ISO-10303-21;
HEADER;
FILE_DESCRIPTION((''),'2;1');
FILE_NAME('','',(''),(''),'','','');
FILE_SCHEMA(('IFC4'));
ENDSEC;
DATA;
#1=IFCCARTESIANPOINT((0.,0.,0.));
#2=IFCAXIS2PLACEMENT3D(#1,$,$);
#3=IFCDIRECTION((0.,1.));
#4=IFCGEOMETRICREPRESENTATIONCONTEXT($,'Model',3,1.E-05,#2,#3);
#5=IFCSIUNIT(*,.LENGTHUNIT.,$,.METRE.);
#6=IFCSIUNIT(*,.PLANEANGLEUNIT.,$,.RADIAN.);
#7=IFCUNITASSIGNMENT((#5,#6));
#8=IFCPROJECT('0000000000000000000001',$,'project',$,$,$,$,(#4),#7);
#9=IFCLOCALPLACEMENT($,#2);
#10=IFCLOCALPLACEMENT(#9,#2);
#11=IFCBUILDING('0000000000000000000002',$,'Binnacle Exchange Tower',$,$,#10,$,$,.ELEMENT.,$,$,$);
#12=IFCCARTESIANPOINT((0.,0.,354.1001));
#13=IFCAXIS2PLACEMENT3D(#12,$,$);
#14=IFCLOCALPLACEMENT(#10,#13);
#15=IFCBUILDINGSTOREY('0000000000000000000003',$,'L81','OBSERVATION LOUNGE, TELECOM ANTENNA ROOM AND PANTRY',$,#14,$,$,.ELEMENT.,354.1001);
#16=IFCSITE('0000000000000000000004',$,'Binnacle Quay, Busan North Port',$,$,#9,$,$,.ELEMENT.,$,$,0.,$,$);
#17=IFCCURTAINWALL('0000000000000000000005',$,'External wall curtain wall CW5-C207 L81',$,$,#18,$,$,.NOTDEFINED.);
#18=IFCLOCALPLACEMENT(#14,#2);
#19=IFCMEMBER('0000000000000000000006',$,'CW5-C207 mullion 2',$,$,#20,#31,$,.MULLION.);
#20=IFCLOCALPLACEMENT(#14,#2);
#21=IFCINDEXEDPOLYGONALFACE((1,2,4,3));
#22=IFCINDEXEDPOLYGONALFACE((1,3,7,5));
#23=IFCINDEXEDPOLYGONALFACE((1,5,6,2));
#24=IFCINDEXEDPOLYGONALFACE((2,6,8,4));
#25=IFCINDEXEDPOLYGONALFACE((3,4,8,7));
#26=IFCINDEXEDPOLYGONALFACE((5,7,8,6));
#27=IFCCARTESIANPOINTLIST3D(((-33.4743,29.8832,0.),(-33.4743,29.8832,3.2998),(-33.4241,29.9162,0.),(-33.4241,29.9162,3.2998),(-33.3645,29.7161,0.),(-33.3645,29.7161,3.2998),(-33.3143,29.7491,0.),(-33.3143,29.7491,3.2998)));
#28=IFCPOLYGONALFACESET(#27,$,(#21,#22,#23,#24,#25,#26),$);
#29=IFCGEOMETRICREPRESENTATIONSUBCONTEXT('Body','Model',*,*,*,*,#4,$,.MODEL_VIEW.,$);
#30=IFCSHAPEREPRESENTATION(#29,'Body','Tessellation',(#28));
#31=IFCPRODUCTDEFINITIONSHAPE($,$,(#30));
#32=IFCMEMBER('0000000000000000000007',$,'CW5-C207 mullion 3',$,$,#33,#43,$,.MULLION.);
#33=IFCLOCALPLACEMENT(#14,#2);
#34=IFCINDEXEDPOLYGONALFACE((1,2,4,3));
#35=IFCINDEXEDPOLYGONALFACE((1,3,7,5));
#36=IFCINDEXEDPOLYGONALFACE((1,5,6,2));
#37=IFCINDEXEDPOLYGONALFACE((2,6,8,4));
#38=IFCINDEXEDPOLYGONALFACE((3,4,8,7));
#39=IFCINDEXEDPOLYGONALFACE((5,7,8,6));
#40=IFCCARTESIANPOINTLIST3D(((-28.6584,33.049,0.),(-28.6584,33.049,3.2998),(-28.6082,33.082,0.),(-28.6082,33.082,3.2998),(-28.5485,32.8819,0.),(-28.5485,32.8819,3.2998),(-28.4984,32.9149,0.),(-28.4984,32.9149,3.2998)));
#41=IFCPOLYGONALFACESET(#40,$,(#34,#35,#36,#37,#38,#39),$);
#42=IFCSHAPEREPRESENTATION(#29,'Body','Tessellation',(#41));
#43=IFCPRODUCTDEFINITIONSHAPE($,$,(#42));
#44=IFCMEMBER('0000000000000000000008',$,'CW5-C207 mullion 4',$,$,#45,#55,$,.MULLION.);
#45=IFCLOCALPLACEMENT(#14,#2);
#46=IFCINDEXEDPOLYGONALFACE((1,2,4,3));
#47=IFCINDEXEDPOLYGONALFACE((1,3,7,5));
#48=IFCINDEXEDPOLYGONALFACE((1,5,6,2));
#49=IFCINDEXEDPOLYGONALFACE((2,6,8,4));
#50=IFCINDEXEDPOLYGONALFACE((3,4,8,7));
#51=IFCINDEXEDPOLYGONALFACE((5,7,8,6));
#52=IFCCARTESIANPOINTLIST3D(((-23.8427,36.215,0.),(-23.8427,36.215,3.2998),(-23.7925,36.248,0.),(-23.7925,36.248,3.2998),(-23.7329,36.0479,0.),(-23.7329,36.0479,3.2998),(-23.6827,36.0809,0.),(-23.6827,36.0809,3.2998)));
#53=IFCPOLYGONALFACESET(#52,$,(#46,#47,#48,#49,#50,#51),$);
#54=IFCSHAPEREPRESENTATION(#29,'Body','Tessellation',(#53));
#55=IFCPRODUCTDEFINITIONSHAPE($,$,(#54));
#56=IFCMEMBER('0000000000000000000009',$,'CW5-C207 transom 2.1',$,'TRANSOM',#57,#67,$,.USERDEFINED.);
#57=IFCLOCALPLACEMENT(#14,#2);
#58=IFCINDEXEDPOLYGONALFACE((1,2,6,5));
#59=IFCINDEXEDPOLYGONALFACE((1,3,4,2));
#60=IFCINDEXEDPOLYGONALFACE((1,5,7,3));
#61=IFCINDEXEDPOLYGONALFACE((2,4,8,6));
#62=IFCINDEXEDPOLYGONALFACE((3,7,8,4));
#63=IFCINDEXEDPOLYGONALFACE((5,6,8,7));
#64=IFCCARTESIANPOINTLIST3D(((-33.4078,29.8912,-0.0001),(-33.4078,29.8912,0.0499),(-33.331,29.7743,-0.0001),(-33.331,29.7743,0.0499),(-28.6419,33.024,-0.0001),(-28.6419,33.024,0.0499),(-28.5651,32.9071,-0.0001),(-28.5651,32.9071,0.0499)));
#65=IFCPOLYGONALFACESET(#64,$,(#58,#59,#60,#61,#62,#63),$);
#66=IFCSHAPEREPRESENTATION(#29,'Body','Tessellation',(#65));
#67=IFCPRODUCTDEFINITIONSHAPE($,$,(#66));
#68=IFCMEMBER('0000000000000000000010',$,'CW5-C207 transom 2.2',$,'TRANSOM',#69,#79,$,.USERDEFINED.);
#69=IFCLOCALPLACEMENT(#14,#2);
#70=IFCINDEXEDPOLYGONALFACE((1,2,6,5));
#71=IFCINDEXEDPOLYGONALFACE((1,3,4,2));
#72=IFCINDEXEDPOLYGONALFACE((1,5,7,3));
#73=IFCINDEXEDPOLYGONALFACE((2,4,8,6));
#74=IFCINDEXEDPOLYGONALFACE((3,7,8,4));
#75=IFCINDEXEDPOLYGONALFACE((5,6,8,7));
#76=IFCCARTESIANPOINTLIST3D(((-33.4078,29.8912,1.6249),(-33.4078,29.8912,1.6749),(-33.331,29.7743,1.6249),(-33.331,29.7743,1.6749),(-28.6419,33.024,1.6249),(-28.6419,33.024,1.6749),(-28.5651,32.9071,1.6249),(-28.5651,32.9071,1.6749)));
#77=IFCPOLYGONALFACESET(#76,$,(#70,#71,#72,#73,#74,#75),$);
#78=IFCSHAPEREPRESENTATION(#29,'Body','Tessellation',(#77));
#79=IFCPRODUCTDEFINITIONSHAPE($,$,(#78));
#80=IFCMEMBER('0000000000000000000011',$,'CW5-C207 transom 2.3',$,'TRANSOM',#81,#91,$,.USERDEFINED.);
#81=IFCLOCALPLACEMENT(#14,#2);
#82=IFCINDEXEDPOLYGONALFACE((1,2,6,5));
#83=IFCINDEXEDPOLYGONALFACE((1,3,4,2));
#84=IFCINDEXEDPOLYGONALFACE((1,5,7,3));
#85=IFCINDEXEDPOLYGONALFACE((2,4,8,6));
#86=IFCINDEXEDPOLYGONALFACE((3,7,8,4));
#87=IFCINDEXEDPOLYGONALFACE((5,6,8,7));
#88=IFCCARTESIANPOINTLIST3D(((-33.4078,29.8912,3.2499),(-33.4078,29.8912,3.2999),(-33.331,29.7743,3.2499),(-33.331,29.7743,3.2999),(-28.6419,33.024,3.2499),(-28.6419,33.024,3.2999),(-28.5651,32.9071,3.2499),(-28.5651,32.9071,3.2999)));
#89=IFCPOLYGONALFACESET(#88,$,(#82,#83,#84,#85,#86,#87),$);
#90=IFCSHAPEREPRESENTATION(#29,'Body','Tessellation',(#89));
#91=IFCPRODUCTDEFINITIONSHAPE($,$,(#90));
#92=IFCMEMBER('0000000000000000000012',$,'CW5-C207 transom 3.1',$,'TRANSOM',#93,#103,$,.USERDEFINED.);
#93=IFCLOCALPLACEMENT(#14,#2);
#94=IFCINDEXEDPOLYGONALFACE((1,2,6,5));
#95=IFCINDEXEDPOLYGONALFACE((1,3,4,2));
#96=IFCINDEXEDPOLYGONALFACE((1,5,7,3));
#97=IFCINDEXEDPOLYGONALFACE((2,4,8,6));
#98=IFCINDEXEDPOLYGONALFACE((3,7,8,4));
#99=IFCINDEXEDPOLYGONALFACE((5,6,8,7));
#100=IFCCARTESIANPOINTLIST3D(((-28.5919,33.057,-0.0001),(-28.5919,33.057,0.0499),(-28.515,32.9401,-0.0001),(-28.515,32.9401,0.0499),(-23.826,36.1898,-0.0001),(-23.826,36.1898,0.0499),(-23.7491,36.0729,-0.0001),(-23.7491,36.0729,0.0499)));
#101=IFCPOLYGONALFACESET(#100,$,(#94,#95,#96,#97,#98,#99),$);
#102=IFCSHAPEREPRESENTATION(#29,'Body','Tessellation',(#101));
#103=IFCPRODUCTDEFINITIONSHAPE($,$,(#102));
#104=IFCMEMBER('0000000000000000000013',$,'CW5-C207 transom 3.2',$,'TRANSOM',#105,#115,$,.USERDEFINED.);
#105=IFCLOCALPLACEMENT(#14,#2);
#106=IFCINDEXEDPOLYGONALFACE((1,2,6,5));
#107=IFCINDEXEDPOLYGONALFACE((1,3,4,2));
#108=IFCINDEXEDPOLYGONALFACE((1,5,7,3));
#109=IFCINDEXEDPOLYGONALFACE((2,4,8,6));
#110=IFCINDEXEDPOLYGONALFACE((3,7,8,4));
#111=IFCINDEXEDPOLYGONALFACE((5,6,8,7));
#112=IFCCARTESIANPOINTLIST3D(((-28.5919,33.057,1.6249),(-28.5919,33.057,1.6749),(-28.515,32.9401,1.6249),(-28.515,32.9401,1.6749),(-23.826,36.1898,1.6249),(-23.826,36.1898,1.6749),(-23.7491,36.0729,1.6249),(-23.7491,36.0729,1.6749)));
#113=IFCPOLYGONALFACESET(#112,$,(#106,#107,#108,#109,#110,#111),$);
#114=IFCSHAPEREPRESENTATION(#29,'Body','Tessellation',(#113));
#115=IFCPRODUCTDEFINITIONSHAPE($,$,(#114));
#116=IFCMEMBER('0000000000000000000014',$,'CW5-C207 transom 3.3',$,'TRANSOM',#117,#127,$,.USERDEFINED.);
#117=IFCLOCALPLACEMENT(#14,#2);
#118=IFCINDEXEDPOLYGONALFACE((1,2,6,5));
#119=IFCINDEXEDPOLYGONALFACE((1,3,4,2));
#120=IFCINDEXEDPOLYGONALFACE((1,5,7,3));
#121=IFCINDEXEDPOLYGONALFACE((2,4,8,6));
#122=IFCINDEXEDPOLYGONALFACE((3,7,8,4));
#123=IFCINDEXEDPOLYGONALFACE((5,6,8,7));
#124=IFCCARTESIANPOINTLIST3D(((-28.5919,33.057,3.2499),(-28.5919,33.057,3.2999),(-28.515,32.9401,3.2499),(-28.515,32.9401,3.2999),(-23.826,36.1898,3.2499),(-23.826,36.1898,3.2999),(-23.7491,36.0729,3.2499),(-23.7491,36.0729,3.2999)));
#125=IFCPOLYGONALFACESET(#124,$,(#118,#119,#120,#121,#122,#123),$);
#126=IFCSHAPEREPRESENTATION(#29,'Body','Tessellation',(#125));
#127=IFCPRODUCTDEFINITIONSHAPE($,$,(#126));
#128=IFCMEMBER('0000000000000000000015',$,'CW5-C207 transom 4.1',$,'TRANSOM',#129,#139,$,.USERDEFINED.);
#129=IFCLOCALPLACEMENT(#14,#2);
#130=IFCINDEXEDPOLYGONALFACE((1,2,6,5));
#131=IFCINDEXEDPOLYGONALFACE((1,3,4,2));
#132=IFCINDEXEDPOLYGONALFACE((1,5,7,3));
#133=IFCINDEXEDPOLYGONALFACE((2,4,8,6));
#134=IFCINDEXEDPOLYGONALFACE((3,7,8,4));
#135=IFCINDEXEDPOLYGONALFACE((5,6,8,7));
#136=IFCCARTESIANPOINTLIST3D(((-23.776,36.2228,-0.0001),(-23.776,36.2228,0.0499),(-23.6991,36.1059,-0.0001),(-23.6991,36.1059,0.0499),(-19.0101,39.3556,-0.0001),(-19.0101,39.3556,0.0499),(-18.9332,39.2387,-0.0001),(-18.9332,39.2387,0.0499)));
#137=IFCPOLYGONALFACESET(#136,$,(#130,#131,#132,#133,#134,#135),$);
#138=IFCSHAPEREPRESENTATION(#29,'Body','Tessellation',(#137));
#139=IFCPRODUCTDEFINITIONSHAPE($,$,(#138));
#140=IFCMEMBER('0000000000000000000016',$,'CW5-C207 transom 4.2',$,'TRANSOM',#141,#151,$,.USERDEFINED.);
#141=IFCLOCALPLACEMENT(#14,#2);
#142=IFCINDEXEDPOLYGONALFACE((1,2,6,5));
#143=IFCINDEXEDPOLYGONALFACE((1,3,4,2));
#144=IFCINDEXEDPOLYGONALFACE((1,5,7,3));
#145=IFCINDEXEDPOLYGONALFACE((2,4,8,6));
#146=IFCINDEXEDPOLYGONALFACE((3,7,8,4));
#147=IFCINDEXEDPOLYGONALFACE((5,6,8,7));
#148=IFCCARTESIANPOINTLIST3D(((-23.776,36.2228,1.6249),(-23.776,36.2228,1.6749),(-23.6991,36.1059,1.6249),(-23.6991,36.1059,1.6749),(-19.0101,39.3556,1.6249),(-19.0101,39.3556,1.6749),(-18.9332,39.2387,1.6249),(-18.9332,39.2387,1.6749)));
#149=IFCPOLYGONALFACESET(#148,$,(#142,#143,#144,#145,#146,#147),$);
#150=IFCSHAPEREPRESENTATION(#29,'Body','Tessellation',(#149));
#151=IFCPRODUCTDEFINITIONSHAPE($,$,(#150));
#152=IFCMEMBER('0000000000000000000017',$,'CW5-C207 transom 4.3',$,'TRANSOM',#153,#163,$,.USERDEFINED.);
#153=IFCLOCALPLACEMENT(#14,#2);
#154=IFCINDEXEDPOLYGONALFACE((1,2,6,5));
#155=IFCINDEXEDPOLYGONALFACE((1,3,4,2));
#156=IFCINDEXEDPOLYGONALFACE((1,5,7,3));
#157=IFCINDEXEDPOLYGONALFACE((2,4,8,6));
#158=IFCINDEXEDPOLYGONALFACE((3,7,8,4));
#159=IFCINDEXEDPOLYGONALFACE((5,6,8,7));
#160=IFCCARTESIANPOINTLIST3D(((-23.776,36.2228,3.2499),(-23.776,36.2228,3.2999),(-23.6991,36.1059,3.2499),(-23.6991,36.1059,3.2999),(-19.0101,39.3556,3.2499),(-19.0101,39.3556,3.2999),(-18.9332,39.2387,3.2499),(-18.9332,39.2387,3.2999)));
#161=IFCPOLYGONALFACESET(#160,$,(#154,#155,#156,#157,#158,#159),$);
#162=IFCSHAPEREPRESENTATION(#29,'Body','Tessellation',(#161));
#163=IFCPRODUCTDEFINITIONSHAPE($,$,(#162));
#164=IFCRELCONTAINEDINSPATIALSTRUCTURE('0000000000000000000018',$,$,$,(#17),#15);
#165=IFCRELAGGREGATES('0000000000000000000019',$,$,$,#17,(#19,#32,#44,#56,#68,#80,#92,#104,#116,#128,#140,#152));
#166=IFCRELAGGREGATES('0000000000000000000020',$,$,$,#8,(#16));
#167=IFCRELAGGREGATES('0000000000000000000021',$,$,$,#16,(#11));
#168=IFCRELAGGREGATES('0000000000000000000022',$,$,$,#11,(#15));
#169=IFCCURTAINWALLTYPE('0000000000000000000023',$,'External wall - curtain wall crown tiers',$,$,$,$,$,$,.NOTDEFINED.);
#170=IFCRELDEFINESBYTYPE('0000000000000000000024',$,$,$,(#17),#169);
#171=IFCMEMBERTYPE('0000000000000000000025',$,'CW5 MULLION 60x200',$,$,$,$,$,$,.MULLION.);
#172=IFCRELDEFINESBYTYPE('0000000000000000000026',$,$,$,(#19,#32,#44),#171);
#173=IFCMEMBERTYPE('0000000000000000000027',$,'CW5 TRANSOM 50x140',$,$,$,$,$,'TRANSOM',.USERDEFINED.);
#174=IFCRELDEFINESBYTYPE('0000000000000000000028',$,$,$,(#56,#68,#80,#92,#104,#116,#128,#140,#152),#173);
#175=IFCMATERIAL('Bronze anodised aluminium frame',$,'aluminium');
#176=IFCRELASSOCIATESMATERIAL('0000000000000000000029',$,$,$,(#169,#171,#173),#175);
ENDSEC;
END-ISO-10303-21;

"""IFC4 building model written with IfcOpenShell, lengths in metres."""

from ifc_helpers import new_model, si_unit, direction, frame, origin, origin_2d, place, context, subcontext, project, spatial, rectangle, extrude, material, material_profile, profile_set, type_object, element, aggregate, save


model = new_model("IFC4")

# Units and contexts
model_context = context("Model", 3, precision=1e-05, world=origin(), true_north=direction((0.0, 1.0)))
body_context = subcontext(model_context, "Body", "Model", "MODEL_VIEW")
ifc_project = project(units=[si_unit("LENGTHUNIT", "METRE"), si_unit("PLANEANGLEUNIT", "RADIAN")], contexts=[model_context])

# Site, building, storey
site_placement = place(None, origin())
site = spatial("IfcSite", under=ifc_project, at=site_placement, Name="Binnacle Quay, Busan North Port", CompositionType="ELEMENT", RefElevation=0.0)
building_placement = place(site_placement, origin())
building = spatial("IfcBuilding", under=site, at=building_placement, Name="Binnacle Exchange Tower", CompositionType="ELEMENT")
storey_placement = place(building_placement, frame((0.0, 0.0, 354.1001)))
storey = spatial("IfcBuildingStorey", under=building, at=storey_placement, Name="L81", Description="OBSERVATION LOUNGE, TELECOM ANTENNA ROOM AND PANTRY", CompositionType="ELEMENT", Elevation=354.1001)

# Curtain wall, members
ifc_material_1 = material(Name="Bronze anodised aluminium frame", Category="aluminium")
curtain_wall_type = type_object("IfcCurtainWallType", Name="External wall - curtain wall crown tiers", PredefinedType="NOTDEFINED", material=ifc_material_1)
curtain_wall_placement = place(storey_placement, origin())
curtain_wall = element("IfcCurtainWall", 1, at=curtain_wall_placement, inside=storey, type_object=curtain_wall_type, Name="External wall curtain wall CW5-C207 L81", PredefinedType="NOTDEFINED")
ifc_material_profile_1 = material_profile(ifc_material_1, rectangle(XDim=0.2, YDim=0.0601, at=origin_2d()), Name="AL 60x200")
ifc_profile_set_1 = profile_set([ifc_material_profile_1], Name="Bronze anodised aluminium frame")
member_type_1 = type_object("IfcMemberType", Name="CW5 MULLION 60x200", PredefinedType="MULLION", material=ifc_profile_set_1)
member_1_placement = place(storey_placement, frame((-33.3943, 29.8162, 0.0), z_axis=(0.0, 0.0, 1.0), x_axis=(-0.54931, 0.835618, 0.0)))
member_1 = element("IfcMember", 2, at=member_1_placement, type_object=member_type_1, Name="CW5-C207 mullion 2", PredefinedType="MULLION", context=body_context, shape_type="SweptSolid", body=[
    extrude(rectangle(XDim=0.2, YDim=0.0601, at=origin_2d()), origin(), (0.0, 0.0, 1.0), 3.2998),
])
member_2_placement = place(storey_placement, frame((-28.5784, 32.9819, 0.0), z_axis=(0.0, 0.0, 1.0), x_axis=(-0.54931, 0.835618, 0.0)))
member_2 = element("IfcMember", 3, at=member_2_placement, type_object=member_type_1, Name="CW5-C207 mullion 3", PredefinedType="MULLION", context=body_context, shape_type="SweptSolid", body=[
    extrude(rectangle(XDim=0.2, YDim=0.0601, at=origin_2d()), origin(), (0.0, 0.0, 1.0), 3.2998),
])
member_3_placement = place(storey_placement, frame((-23.7627, 36.1479, 0.0), z_axis=(0.0, 0.0, 1.0), x_axis=(-0.54931, 0.835618, 0.0)))
member_3 = element("IfcMember", 4, at=member_3_placement, type_object=member_type_1, Name="CW5-C207 mullion 4", PredefinedType="MULLION", context=body_context, shape_type="SweptSolid", body=[
    extrude(rectangle(XDim=0.2, YDim=0.0601, at=origin_2d()), origin(), (0.0, 0.0, 1.0), 3.2998),
])
ifc_material_profile_2 = material_profile(ifc_material_1, rectangle(XDim=0.1399, YDim=0.05, at=origin_2d()), Name="AL 140x50")
ifc_profile_set_2 = profile_set([ifc_material_profile_2], Name="Bronze anodised aluminium frame")
member_type_2 = type_object("IfcMemberType", Name="CW5 TRANSOM 50x140", ElementType="TRANSOM", PredefinedType="USERDEFINED", material=ifc_profile_set_2)
member_4_placement = place(storey_placement, frame((-33.3694, 29.8328, 0.0249), z_axis=(0.835629, 0.549295, 0.0), x_axis=(-0.549295, 0.835629, 0.0)))
member_4 = element("IfcMember", 5, at=member_4_placement, type_object=member_type_2, Name="CW5-C207 transom 2.1", ObjectType="TRANSOM", PredefinedType="USERDEFINED", context=body_context, shape_type="SweptSolid", body=[
    extrude(rectangle(XDim=0.1399, YDim=0.05, at=origin_2d()), origin(), (0.0, 0.0, 1.0), 5.7034),
])
member_5_placement = place(storey_placement, frame((-33.3694, 29.8328, 1.6499), z_axis=(0.835629, 0.549295, 0.0), x_axis=(-0.549295, 0.835629, 0.0)))
member_5 = element("IfcMember", 6, at=member_5_placement, type_object=member_type_2, Name="CW5-C207 transom 2.2", ObjectType="TRANSOM", PredefinedType="USERDEFINED", context=body_context, shape_type="SweptSolid", body=[
    extrude(rectangle(XDim=0.1399, YDim=0.05, at=origin_2d()), origin(), (0.0, 0.0, 1.0), 5.7034),
])
member_6_placement = place(storey_placement, frame((-33.3694, 29.8328, 3.2749), z_axis=(0.835629, 0.549295, 0.0), x_axis=(-0.549295, 0.835629, 0.0)))
member_6 = element("IfcMember", 7, at=member_6_placement, type_object=member_type_2, Name="CW5-C207 transom 2.3", ObjectType="TRANSOM", PredefinedType="USERDEFINED", context=body_context, shape_type="SweptSolid", body=[
    extrude(rectangle(XDim=0.1399, YDim=0.05, at=origin_2d()), origin(), (0.0, 0.0, 1.0), 5.7034),
])
member_7_placement = place(storey_placement, frame((-28.5535, 32.9985, 0.0249), z_axis=(0.835629, 0.549295, 0.0), x_axis=(-0.549295, 0.835629, 0.0)))
member_7 = element("IfcMember", 8, at=member_7_placement, type_object=member_type_2, Name="CW5-C207 transom 3.1", ObjectType="TRANSOM", PredefinedType="USERDEFINED", context=body_context, shape_type="SweptSolid", body=[
    extrude(rectangle(XDim=0.1399, YDim=0.05, at=origin_2d()), origin(), (0.0, 0.0, 1.0), 5.7034),
])
member_8_placement = place(storey_placement, frame((-28.5535, 32.9985, 1.6499), z_axis=(0.835629, 0.549295, 0.0), x_axis=(-0.549295, 0.835629, 0.0)))
member_8 = element("IfcMember", 9, at=member_8_placement, type_object=member_type_2, Name="CW5-C207 transom 3.2", ObjectType="TRANSOM", PredefinedType="USERDEFINED", context=body_context, shape_type="SweptSolid", body=[
    extrude(rectangle(XDim=0.1399, YDim=0.05, at=origin_2d()), origin(), (0.0, 0.0, 1.0), 5.7034),
])
member_9_placement = place(storey_placement, frame((-28.5535, 32.9985, 3.2749), z_axis=(0.835629, 0.549295, 0.0), x_axis=(-0.549295, 0.835629, 0.0)))
member_9 = element("IfcMember", 10, at=member_9_placement, type_object=member_type_2, Name="CW5-C207 transom 3.3", ObjectType="TRANSOM", PredefinedType="USERDEFINED", context=body_context, shape_type="SweptSolid", body=[
    extrude(rectangle(XDim=0.1399, YDim=0.05, at=origin_2d()), origin(), (0.0, 0.0, 1.0), 5.7034),
])
member_10_placement = place(storey_placement, frame((-23.7375, 36.1643, 0.0249), z_axis=(0.835629, 0.549295, 0.0), x_axis=(-0.549295, 0.835629, 0.0)))
member_10 = element("IfcMember", 11, at=member_10_placement, type_object=member_type_2, Name="CW5-C207 transom 4.1", ObjectType="TRANSOM", PredefinedType="USERDEFINED", context=body_context, shape_type="SweptSolid", body=[
    extrude(rectangle(XDim=0.1399, YDim=0.05, at=origin_2d()), origin(), (0.0, 0.0, 1.0), 5.7034),
])
member_11_placement = place(storey_placement, frame((-23.7375, 36.1643, 1.6499), z_axis=(0.835629, 0.549295, 0.0), x_axis=(-0.549295, 0.835629, 0.0)))
member_11 = element("IfcMember", 12, at=member_11_placement, type_object=member_type_2, Name="CW5-C207 transom 4.2", ObjectType="TRANSOM", PredefinedType="USERDEFINED", context=body_context, shape_type="SweptSolid", body=[
    extrude(rectangle(XDim=0.1399, YDim=0.05, at=origin_2d()), origin(), (0.0, 0.0, 1.0), 5.7034),
])
member_12_placement = place(storey_placement, frame((-23.7375, 36.1643, 3.2749), z_axis=(0.835629, 0.549295, 0.0), x_axis=(-0.549295, 0.835629, 0.0)))
member_12 = element("IfcMember", 13, at=member_12_placement, type_object=member_type_2, Name="CW5-C207 transom 4.3", ObjectType="TRANSOM", PredefinedType="USERDEFINED", context=body_context, shape_type="SweptSolid", body=[
    extrude(rectangle(XDim=0.1399, YDim=0.05, at=origin_2d()), origin(), (0.0, 0.0, 1.0), 5.7034),
])

aggregate(curtain_wall, [member_1, member_2, member_3, member_4, member_5, member_6, member_7, member_8, member_9, member_10, member_11, member_12])

save(model, "model.ifc")
